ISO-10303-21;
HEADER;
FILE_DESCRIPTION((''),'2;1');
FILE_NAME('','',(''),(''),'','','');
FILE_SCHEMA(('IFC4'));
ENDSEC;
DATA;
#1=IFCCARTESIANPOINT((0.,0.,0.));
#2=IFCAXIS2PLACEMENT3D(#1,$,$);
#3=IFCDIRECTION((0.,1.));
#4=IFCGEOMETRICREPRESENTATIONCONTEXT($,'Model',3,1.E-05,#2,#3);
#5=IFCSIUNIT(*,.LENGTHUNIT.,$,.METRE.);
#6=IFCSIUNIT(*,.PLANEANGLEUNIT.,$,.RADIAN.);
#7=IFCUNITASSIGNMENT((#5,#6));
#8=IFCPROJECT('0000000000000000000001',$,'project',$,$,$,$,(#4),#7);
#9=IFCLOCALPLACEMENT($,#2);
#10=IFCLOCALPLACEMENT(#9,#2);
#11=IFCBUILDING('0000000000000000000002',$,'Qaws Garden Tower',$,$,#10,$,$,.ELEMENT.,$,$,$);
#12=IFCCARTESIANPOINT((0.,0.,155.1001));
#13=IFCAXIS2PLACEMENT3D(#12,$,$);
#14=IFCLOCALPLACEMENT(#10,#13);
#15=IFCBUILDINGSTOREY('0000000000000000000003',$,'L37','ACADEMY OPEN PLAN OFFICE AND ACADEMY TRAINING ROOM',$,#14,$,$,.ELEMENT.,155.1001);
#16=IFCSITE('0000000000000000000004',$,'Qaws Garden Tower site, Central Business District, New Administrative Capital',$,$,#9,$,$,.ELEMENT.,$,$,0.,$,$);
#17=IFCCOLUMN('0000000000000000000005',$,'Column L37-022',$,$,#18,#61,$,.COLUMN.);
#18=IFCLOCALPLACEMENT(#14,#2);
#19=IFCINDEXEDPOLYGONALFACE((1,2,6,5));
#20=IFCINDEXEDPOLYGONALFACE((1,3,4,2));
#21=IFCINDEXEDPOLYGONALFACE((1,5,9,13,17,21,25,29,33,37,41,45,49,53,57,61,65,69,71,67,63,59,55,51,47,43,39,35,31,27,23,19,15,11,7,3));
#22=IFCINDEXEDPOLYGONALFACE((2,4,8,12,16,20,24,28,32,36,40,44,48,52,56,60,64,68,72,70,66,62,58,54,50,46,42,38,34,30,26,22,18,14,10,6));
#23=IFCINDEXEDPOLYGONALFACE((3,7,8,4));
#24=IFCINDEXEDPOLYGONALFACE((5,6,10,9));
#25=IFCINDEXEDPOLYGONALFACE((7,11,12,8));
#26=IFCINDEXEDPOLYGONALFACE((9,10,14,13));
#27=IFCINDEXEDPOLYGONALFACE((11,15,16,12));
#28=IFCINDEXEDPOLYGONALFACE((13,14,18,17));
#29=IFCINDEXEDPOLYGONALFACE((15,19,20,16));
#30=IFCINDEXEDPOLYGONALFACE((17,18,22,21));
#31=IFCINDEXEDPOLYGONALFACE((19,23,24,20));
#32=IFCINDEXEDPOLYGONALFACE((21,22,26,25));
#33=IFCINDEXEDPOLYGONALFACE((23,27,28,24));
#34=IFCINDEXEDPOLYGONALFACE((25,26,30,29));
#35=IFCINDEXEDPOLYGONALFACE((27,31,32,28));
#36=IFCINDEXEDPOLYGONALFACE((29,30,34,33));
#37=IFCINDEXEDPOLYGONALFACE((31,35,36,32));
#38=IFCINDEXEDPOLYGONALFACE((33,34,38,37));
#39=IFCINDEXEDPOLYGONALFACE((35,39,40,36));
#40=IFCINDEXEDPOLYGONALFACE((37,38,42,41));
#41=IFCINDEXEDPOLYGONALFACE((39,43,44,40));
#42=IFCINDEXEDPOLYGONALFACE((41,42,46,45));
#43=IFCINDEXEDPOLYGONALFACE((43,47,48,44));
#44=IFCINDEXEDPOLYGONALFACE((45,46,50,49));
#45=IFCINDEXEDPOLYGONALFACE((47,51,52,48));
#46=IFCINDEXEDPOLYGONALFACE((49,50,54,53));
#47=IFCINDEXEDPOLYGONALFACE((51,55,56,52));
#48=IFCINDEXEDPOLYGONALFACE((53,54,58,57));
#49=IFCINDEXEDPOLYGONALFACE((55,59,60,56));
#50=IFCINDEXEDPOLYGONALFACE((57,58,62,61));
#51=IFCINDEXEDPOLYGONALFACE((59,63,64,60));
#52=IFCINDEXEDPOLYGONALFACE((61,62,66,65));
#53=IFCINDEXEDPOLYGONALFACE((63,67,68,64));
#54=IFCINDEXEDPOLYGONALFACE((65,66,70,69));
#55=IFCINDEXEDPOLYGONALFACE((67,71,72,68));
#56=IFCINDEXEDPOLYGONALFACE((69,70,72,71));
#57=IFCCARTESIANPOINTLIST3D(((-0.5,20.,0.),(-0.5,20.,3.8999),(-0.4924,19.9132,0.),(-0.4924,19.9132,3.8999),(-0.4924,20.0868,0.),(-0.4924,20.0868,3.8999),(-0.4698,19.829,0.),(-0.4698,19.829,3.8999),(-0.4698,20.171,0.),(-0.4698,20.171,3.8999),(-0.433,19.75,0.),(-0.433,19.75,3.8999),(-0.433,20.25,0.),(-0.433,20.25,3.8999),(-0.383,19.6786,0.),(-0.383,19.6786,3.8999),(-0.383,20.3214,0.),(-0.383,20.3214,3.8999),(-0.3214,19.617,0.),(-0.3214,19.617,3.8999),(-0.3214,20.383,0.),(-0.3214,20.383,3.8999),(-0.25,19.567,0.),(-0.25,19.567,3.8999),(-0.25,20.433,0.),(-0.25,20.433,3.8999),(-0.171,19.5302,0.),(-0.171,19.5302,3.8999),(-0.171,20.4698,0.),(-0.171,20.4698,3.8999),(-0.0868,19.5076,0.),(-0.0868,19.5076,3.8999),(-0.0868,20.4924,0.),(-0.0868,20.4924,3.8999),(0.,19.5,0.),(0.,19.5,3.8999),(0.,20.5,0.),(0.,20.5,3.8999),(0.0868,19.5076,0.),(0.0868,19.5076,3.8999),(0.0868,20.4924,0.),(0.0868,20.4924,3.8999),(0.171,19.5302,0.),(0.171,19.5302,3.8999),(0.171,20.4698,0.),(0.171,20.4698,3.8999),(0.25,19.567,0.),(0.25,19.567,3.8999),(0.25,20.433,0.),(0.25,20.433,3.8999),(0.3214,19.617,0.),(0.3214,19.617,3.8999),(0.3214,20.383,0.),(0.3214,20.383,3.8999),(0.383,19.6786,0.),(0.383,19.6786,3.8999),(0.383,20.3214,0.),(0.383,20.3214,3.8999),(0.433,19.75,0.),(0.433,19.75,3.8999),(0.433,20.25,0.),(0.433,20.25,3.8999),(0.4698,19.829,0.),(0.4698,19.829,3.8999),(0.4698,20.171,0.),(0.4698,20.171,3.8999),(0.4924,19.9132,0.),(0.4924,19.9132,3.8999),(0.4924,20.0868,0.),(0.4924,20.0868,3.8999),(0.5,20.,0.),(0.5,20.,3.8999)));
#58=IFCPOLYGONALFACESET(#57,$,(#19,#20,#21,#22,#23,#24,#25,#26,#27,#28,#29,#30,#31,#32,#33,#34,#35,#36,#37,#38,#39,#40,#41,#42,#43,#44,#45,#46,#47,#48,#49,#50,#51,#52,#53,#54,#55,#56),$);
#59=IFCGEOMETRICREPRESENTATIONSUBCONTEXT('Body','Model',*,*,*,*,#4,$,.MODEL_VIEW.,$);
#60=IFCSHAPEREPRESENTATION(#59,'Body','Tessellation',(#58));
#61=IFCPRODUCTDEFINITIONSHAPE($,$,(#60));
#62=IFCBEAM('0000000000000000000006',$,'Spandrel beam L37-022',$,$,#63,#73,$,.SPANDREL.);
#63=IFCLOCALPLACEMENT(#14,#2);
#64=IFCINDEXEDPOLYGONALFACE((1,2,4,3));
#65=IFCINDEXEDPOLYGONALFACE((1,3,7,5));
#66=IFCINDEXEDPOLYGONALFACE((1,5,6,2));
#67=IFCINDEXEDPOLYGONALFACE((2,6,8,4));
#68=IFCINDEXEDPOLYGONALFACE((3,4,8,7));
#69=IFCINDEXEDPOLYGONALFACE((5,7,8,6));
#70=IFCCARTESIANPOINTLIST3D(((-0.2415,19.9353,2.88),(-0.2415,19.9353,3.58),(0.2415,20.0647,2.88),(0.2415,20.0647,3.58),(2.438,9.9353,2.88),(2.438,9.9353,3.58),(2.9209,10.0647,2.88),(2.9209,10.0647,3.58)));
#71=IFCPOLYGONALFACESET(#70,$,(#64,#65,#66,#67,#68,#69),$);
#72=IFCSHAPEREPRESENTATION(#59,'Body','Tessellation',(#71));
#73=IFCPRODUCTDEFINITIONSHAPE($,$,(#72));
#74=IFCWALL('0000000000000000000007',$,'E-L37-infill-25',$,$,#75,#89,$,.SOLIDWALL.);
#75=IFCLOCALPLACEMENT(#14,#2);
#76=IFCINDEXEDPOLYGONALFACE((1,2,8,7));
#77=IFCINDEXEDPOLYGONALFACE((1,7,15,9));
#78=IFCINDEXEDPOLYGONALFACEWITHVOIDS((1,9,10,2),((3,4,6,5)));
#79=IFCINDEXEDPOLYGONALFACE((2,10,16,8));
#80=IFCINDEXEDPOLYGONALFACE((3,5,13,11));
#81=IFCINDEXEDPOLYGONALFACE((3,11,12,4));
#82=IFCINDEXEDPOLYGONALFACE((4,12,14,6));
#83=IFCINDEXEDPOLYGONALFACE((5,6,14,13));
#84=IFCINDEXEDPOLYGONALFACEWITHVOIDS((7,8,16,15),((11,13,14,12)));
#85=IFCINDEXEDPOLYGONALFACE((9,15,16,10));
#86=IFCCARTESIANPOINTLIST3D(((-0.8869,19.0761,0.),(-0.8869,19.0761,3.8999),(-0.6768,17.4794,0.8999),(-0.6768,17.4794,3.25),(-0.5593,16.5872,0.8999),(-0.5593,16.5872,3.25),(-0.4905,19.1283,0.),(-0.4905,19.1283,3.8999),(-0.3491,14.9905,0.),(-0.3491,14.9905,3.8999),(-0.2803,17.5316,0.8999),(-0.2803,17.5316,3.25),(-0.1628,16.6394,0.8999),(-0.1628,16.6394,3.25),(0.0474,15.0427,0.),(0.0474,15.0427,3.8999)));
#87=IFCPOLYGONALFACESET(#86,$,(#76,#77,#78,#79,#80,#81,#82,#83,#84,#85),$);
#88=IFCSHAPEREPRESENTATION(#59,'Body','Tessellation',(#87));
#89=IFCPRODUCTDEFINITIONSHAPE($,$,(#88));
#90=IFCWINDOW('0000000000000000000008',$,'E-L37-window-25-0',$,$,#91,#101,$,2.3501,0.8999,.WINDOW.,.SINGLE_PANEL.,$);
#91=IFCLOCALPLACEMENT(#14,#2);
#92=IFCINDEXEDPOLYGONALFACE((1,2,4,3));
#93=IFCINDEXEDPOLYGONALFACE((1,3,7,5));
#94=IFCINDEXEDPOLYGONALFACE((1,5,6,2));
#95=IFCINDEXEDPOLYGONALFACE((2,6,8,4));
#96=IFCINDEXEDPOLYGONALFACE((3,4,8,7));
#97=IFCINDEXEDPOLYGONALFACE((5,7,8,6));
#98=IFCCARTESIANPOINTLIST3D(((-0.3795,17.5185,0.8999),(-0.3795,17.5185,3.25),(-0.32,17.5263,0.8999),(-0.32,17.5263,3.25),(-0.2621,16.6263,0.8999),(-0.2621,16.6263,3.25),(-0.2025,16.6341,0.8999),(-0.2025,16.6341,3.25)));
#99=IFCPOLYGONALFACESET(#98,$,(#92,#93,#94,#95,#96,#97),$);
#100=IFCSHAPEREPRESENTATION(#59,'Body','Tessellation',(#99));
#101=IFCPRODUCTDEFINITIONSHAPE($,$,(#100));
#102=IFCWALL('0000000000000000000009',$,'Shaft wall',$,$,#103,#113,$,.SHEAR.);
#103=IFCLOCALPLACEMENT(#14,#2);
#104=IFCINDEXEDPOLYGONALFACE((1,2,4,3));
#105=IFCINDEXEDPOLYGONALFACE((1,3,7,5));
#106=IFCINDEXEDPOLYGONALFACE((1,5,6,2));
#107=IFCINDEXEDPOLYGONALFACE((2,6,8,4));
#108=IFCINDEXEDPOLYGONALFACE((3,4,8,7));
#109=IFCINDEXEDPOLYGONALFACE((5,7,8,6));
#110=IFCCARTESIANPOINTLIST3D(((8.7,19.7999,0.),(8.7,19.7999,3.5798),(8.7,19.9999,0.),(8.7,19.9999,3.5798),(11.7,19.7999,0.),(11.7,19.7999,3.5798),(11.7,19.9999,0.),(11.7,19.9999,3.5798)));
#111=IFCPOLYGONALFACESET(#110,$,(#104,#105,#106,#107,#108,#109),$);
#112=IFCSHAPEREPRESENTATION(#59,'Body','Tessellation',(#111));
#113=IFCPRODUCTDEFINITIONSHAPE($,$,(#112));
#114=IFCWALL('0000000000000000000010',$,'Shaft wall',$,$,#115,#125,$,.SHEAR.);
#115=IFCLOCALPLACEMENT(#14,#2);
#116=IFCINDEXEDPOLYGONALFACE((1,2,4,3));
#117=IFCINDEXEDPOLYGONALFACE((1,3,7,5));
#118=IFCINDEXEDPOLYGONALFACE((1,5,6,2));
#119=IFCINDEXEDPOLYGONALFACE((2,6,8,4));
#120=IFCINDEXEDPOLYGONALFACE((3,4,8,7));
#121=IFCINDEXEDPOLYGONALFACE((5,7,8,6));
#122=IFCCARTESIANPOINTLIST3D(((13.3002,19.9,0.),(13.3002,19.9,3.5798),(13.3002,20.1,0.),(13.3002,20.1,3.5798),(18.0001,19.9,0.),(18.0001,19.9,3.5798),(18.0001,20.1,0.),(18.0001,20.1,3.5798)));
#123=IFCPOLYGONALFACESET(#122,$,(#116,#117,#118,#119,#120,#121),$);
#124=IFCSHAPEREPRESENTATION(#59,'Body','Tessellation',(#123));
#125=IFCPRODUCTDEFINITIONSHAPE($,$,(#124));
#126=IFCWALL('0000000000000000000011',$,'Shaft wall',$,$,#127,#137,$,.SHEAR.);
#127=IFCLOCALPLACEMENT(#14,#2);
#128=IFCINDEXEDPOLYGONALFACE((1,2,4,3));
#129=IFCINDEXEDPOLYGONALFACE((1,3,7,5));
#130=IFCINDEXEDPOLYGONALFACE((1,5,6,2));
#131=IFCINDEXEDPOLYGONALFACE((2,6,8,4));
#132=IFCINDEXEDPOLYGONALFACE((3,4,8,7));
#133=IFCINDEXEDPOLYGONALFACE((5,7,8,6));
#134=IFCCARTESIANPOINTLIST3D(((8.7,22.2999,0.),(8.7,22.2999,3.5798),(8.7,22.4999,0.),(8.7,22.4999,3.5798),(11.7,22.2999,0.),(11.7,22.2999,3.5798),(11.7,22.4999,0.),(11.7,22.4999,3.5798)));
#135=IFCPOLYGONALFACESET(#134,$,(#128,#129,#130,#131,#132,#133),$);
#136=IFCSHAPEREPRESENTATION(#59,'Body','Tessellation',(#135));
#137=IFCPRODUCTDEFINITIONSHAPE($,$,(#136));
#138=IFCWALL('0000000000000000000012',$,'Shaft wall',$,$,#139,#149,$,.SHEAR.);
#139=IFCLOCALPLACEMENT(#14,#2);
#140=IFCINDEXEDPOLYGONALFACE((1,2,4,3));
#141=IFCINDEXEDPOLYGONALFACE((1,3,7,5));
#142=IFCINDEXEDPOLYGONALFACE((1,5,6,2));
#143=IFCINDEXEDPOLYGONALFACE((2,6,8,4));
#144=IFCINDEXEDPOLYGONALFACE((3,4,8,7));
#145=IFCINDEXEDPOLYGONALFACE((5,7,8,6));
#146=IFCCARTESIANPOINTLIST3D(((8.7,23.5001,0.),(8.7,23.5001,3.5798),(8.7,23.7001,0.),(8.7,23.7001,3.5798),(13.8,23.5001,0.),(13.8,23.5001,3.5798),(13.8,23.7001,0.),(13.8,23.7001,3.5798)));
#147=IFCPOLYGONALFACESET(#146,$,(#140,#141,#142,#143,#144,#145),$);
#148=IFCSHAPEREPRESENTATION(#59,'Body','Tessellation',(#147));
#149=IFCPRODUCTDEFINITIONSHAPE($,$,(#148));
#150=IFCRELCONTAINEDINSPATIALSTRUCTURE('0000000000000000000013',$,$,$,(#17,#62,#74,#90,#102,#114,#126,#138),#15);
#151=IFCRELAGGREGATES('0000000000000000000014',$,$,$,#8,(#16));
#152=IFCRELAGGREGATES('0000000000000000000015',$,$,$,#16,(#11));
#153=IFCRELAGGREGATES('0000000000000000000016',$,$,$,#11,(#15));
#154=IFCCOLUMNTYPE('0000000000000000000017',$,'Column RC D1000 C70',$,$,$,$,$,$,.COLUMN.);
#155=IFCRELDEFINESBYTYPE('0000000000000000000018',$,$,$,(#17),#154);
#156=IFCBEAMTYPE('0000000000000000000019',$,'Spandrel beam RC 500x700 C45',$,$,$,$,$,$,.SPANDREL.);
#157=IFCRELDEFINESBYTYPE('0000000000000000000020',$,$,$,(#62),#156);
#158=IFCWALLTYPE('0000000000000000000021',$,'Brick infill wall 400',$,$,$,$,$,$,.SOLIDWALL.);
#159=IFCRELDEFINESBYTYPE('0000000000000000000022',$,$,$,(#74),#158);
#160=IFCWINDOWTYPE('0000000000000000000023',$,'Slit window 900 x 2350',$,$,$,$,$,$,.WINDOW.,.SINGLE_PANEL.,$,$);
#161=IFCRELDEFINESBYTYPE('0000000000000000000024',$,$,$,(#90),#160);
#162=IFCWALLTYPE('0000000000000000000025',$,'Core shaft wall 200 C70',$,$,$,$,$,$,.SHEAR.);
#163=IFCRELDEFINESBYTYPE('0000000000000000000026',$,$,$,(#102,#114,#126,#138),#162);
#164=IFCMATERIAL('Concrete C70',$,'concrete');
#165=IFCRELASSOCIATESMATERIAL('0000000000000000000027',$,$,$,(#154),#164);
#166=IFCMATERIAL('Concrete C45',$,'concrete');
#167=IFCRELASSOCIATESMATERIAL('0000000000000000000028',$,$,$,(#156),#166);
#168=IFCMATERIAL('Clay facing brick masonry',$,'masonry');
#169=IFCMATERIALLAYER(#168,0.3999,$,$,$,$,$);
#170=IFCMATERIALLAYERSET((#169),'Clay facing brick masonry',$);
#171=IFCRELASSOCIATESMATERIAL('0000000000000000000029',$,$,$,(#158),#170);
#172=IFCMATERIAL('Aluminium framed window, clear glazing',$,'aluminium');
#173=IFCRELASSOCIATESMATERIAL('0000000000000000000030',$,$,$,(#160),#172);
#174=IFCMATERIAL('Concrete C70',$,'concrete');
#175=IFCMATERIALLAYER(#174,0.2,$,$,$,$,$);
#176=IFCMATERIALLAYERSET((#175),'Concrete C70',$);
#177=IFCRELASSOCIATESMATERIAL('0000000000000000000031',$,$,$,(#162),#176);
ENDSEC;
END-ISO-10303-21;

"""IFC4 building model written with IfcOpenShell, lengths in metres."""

from ifc_helpers import new_model, si_unit, direction, frame, frame_2d, origin, origin_2d, place, context, subcontext, project, spatial, rectangle, circle, extrude, material, layer, layer_set, material_profile, profile_set, type_object, element, fill, save


model = new_model("IFC4")

# Units and contexts
model_context = context("Model", 3, precision=1e-05, world=origin(), true_north=direction((0.0, 1.0)))
body_context = subcontext(model_context, "Body", "Model", "MODEL_VIEW")
ifc_project = project(units=[si_unit("LENGTHUNIT", "METRE"), si_unit("PLANEANGLEUNIT", "RADIAN")], contexts=[model_context])

# Site, building, storey
site_placement = place(None, origin())
site = spatial("IfcSite", under=ifc_project, at=site_placement, Name="Qaws Garden Tower site, Central Business District, New Administrative Capital", CompositionType="ELEMENT", RefElevation=0.0)
building_placement = place(site_placement, origin())
building = spatial("IfcBuilding", under=site, at=building_placement, Name="Qaws Garden Tower", CompositionType="ELEMENT")
storey_placement = place(building_placement, frame((0.0, 0.0, 155.1001)))
storey = spatial("IfcBuildingStorey", under=building, at=storey_placement, Name="L37", Description="ACADEMY OPEN PLAN OFFICE AND ACADEMY TRAINING ROOM", CompositionType="ELEMENT", Elevation=155.1001)

# Column
ifc_material_1 = material(Name="Concrete C70", Category="concrete")
ifc_material_profile_1 = material_profile(ifc_material_1, circle(Radius=0.5, at=origin_2d()), Name="RC D1000")
ifc_profile_set_1 = profile_set([ifc_material_profile_1], Name="Concrete C70")
column_type = type_object("IfcColumnType", Name="Column RC D1000 C70", PredefinedType="COLUMN", material=ifc_profile_set_1)
column_placement = place(storey_placement, frame((0.0, 20.0, 0.0), z_axis=(0.0, 0.0, 1.0), x_axis=(1.0, 0.0, 0.0)))
element("IfcColumn", 1, at=column_placement, inside=storey, type_object=column_type, Name="Column L37-022", PredefinedType="COLUMN", context=body_context, shape_type="SweptSolid", body=[
    extrude(circle(Radius=0.5, at=origin_2d()), origin(), (0.0, 0.0, 1.0), 3.8999),
])

# Beam
ifc_material_2 = material(Name="Concrete C45", Category="concrete")
ifc_material_profile_2 = material_profile(ifc_material_2, rectangle(XDim=0.5, YDim=0.7, at=origin_2d()), Name="RC 500x700")
ifc_profile_set_2 = profile_set([ifc_material_profile_2], Name="Concrete C45")
beam_type = type_object("IfcBeamType", Name="Spandrel beam RC 500x700 C45", PredefinedType="SPANDREL", material=ifc_profile_set_2)
beam_placement = place(storey_placement, frame((0.0, 20.0, 3.23), z_axis=(0.258815, -0.965927, 0.0), x_axis=(0.965927, 0.258815, 0.0)))
element("IfcBeam", 2, at=beam_placement, inside=storey, type_object=beam_type, Name="Spandrel beam L37-022", PredefinedType="SPANDREL", context=body_context, shape_type="SweptSolid", body=[
    extrude(rectangle(XDim=0.5, YDim=0.7, at=origin_2d()), origin(), (0.0, 0.0, 1.0), 10.3528),
])

# Wall, opening, window
ifc_material_3 = material(Name="Clay facing brick masonry", Category="masonry")
ifc_layer_1 = layer(ifc_material_3, 0.3999)
ifc_layer_set_1 = layer_set([ifc_layer_1], Name="Clay facing brick masonry")
wall_type_1 = type_object("IfcWallType", Name="Brick infill wall 400", PredefinedType="SOLIDWALL", material=ifc_layer_set_1)
wall_1_placement = place(storey_placement, frame((-0.6887, 19.1023, 0.0), z_axis=(0.0, 0.0, 1.0), x_axis=(0.130514, -0.991446, 0.0)))
wall_1 = element("IfcWall", 3, at=wall_1_placement, inside=storey, type_object=wall_type_1, Name="E-L37-infill-25", PredefinedType="SOLIDWALL", context=body_context, shape_type="SweptSolid", body=[
    extrude(rectangle(XDim=4.1208, YDim=0.3999, at=frame_2d((2.0605, 0.0))), origin(), (0.0, 0.0, 1.0), 3.8999),
])
opening_1_placement = place(wall_1_placement, frame((1.6106, 0.0, 0.8999)))
opening_1 = element("IfcOpeningElement", 4, at=opening_1_placement, cuts=wall_1, PredefinedType="OPENING", context=body_context, shape_type="SweptSolid", body=[
    extrude(rectangle(XDim=0.8999, YDim=2.3501, at=frame_2d((0.45, 1.175))), frame((0.0, 0.21, 0.0), z_axis=(0.0, -1.0, 0.0), x_axis=(1.0, 0.0, 0.0)), (0.0, 0.0, 1.0), 0.4199),
])
ifc_material_4 = material(Name="Aluminium framed window, clear glazing", Category="aluminium")
window_type = type_object("IfcWindowType", Name="Slit window 900 x 2350", PartitioningType="SINGLE_PANEL", PredefinedType="WINDOW", material=ifc_material_4)
window_placement = place(opening_1_placement, origin())
window = element("IfcWindow", 5, at=window_placement, inside=storey, type_object=window_type, Name="E-L37-window-25-0", OverallHeight=2.3501, OverallWidth=0.8999, PartitioningType="SINGLE_PANEL", PredefinedType="WINDOW", context=body_context, shape_type="SweptSolid", body=[
    extrude(rectangle(XDim=0.8999, YDim=2.3501, at=frame_2d((0.45, 1.175))), frame((0.0, 0.1599, 0.0), z_axis=(0.0, -1.0, 0.0), x_axis=(1.0, 0.0, 0.0)), (0.0, 0.0, 1.0), 0.0601),
])
fill(opening_1, window)

# Walls
ifc_material_5 = material(Name="Concrete C70", Category="concrete")
ifc_layer_2 = layer(ifc_material_5, 0.2)
ifc_layer_set_2 = layer_set([ifc_layer_2], Name="Concrete C70")
wall_type_2 = type_object("IfcWallType", Name="Core shaft wall 200 C70", PredefinedType="SHEAR", material=ifc_layer_set_2)
wall_2_placement = place(storey_placement, frame((8.7, 19.8999, 0.0), z_axis=(0.0, 0.0, 1.0), x_axis=(1.0, 0.0, 0.0)))
element("IfcWall", 6, at=wall_2_placement, inside=storey, type_object=wall_type_2, Name="Shaft wall", PredefinedType="SHEAR", context=body_context, shape_type="SweptSolid", body=[
    extrude(rectangle(XDim=3.0, YDim=0.2, at=frame_2d((1.5, 0.0))), origin(), (0.0, 0.0, 1.0), 3.5798),
])
wall_3_placement = place(storey_placement, frame((13.3, 20.0, 0.0), z_axis=(0.0, 0.0, 1.0), x_axis=(1.0, 0.0, 0.0)))
element("IfcWall", 7, at=wall_3_placement, inside=storey, type_object=wall_type_2, Name="Shaft wall", PredefinedType="SHEAR", context=body_context, shape_type="SweptSolid", body=[
    extrude(rectangle(XDim=4.7, YDim=0.2, at=frame_2d((2.3501, 0.0))), origin(), (0.0, 0.0, 1.0), 3.5798),
])
wall_4_placement = place(storey_placement, frame((8.7, 22.3999, 0.0), z_axis=(0.0, 0.0, 1.0), x_axis=(1.0, 0.0, 0.0)))
element("IfcWall", 8, at=wall_4_placement, inside=storey, type_object=wall_type_2, Name="Shaft wall", PredefinedType="SHEAR", context=body_context, shape_type="SweptSolid", body=[
    extrude(rectangle(XDim=3.0, YDim=0.2, at=frame_2d((1.5, 0.0))), origin(), (0.0, 0.0, 1.0), 3.5798),
])
wall_5_placement = place(storey_placement, frame((8.7, 23.6001, 0.0), z_axis=(0.0, 0.0, 1.0), x_axis=(1.0, 0.0, 0.0)))
element("IfcWall", 9, at=wall_5_placement, inside=storey, type_object=wall_type_2, Name="Shaft wall", PredefinedType="SHEAR", context=body_context, shape_type="SweptSolid", body=[
    extrude(rectangle(XDim=5.1001, YDim=0.2, at=frame_2d((2.55, 0.0))), origin(), (0.0, 0.0, 1.0), 3.5798),
])

save(model, "model.ifc")
